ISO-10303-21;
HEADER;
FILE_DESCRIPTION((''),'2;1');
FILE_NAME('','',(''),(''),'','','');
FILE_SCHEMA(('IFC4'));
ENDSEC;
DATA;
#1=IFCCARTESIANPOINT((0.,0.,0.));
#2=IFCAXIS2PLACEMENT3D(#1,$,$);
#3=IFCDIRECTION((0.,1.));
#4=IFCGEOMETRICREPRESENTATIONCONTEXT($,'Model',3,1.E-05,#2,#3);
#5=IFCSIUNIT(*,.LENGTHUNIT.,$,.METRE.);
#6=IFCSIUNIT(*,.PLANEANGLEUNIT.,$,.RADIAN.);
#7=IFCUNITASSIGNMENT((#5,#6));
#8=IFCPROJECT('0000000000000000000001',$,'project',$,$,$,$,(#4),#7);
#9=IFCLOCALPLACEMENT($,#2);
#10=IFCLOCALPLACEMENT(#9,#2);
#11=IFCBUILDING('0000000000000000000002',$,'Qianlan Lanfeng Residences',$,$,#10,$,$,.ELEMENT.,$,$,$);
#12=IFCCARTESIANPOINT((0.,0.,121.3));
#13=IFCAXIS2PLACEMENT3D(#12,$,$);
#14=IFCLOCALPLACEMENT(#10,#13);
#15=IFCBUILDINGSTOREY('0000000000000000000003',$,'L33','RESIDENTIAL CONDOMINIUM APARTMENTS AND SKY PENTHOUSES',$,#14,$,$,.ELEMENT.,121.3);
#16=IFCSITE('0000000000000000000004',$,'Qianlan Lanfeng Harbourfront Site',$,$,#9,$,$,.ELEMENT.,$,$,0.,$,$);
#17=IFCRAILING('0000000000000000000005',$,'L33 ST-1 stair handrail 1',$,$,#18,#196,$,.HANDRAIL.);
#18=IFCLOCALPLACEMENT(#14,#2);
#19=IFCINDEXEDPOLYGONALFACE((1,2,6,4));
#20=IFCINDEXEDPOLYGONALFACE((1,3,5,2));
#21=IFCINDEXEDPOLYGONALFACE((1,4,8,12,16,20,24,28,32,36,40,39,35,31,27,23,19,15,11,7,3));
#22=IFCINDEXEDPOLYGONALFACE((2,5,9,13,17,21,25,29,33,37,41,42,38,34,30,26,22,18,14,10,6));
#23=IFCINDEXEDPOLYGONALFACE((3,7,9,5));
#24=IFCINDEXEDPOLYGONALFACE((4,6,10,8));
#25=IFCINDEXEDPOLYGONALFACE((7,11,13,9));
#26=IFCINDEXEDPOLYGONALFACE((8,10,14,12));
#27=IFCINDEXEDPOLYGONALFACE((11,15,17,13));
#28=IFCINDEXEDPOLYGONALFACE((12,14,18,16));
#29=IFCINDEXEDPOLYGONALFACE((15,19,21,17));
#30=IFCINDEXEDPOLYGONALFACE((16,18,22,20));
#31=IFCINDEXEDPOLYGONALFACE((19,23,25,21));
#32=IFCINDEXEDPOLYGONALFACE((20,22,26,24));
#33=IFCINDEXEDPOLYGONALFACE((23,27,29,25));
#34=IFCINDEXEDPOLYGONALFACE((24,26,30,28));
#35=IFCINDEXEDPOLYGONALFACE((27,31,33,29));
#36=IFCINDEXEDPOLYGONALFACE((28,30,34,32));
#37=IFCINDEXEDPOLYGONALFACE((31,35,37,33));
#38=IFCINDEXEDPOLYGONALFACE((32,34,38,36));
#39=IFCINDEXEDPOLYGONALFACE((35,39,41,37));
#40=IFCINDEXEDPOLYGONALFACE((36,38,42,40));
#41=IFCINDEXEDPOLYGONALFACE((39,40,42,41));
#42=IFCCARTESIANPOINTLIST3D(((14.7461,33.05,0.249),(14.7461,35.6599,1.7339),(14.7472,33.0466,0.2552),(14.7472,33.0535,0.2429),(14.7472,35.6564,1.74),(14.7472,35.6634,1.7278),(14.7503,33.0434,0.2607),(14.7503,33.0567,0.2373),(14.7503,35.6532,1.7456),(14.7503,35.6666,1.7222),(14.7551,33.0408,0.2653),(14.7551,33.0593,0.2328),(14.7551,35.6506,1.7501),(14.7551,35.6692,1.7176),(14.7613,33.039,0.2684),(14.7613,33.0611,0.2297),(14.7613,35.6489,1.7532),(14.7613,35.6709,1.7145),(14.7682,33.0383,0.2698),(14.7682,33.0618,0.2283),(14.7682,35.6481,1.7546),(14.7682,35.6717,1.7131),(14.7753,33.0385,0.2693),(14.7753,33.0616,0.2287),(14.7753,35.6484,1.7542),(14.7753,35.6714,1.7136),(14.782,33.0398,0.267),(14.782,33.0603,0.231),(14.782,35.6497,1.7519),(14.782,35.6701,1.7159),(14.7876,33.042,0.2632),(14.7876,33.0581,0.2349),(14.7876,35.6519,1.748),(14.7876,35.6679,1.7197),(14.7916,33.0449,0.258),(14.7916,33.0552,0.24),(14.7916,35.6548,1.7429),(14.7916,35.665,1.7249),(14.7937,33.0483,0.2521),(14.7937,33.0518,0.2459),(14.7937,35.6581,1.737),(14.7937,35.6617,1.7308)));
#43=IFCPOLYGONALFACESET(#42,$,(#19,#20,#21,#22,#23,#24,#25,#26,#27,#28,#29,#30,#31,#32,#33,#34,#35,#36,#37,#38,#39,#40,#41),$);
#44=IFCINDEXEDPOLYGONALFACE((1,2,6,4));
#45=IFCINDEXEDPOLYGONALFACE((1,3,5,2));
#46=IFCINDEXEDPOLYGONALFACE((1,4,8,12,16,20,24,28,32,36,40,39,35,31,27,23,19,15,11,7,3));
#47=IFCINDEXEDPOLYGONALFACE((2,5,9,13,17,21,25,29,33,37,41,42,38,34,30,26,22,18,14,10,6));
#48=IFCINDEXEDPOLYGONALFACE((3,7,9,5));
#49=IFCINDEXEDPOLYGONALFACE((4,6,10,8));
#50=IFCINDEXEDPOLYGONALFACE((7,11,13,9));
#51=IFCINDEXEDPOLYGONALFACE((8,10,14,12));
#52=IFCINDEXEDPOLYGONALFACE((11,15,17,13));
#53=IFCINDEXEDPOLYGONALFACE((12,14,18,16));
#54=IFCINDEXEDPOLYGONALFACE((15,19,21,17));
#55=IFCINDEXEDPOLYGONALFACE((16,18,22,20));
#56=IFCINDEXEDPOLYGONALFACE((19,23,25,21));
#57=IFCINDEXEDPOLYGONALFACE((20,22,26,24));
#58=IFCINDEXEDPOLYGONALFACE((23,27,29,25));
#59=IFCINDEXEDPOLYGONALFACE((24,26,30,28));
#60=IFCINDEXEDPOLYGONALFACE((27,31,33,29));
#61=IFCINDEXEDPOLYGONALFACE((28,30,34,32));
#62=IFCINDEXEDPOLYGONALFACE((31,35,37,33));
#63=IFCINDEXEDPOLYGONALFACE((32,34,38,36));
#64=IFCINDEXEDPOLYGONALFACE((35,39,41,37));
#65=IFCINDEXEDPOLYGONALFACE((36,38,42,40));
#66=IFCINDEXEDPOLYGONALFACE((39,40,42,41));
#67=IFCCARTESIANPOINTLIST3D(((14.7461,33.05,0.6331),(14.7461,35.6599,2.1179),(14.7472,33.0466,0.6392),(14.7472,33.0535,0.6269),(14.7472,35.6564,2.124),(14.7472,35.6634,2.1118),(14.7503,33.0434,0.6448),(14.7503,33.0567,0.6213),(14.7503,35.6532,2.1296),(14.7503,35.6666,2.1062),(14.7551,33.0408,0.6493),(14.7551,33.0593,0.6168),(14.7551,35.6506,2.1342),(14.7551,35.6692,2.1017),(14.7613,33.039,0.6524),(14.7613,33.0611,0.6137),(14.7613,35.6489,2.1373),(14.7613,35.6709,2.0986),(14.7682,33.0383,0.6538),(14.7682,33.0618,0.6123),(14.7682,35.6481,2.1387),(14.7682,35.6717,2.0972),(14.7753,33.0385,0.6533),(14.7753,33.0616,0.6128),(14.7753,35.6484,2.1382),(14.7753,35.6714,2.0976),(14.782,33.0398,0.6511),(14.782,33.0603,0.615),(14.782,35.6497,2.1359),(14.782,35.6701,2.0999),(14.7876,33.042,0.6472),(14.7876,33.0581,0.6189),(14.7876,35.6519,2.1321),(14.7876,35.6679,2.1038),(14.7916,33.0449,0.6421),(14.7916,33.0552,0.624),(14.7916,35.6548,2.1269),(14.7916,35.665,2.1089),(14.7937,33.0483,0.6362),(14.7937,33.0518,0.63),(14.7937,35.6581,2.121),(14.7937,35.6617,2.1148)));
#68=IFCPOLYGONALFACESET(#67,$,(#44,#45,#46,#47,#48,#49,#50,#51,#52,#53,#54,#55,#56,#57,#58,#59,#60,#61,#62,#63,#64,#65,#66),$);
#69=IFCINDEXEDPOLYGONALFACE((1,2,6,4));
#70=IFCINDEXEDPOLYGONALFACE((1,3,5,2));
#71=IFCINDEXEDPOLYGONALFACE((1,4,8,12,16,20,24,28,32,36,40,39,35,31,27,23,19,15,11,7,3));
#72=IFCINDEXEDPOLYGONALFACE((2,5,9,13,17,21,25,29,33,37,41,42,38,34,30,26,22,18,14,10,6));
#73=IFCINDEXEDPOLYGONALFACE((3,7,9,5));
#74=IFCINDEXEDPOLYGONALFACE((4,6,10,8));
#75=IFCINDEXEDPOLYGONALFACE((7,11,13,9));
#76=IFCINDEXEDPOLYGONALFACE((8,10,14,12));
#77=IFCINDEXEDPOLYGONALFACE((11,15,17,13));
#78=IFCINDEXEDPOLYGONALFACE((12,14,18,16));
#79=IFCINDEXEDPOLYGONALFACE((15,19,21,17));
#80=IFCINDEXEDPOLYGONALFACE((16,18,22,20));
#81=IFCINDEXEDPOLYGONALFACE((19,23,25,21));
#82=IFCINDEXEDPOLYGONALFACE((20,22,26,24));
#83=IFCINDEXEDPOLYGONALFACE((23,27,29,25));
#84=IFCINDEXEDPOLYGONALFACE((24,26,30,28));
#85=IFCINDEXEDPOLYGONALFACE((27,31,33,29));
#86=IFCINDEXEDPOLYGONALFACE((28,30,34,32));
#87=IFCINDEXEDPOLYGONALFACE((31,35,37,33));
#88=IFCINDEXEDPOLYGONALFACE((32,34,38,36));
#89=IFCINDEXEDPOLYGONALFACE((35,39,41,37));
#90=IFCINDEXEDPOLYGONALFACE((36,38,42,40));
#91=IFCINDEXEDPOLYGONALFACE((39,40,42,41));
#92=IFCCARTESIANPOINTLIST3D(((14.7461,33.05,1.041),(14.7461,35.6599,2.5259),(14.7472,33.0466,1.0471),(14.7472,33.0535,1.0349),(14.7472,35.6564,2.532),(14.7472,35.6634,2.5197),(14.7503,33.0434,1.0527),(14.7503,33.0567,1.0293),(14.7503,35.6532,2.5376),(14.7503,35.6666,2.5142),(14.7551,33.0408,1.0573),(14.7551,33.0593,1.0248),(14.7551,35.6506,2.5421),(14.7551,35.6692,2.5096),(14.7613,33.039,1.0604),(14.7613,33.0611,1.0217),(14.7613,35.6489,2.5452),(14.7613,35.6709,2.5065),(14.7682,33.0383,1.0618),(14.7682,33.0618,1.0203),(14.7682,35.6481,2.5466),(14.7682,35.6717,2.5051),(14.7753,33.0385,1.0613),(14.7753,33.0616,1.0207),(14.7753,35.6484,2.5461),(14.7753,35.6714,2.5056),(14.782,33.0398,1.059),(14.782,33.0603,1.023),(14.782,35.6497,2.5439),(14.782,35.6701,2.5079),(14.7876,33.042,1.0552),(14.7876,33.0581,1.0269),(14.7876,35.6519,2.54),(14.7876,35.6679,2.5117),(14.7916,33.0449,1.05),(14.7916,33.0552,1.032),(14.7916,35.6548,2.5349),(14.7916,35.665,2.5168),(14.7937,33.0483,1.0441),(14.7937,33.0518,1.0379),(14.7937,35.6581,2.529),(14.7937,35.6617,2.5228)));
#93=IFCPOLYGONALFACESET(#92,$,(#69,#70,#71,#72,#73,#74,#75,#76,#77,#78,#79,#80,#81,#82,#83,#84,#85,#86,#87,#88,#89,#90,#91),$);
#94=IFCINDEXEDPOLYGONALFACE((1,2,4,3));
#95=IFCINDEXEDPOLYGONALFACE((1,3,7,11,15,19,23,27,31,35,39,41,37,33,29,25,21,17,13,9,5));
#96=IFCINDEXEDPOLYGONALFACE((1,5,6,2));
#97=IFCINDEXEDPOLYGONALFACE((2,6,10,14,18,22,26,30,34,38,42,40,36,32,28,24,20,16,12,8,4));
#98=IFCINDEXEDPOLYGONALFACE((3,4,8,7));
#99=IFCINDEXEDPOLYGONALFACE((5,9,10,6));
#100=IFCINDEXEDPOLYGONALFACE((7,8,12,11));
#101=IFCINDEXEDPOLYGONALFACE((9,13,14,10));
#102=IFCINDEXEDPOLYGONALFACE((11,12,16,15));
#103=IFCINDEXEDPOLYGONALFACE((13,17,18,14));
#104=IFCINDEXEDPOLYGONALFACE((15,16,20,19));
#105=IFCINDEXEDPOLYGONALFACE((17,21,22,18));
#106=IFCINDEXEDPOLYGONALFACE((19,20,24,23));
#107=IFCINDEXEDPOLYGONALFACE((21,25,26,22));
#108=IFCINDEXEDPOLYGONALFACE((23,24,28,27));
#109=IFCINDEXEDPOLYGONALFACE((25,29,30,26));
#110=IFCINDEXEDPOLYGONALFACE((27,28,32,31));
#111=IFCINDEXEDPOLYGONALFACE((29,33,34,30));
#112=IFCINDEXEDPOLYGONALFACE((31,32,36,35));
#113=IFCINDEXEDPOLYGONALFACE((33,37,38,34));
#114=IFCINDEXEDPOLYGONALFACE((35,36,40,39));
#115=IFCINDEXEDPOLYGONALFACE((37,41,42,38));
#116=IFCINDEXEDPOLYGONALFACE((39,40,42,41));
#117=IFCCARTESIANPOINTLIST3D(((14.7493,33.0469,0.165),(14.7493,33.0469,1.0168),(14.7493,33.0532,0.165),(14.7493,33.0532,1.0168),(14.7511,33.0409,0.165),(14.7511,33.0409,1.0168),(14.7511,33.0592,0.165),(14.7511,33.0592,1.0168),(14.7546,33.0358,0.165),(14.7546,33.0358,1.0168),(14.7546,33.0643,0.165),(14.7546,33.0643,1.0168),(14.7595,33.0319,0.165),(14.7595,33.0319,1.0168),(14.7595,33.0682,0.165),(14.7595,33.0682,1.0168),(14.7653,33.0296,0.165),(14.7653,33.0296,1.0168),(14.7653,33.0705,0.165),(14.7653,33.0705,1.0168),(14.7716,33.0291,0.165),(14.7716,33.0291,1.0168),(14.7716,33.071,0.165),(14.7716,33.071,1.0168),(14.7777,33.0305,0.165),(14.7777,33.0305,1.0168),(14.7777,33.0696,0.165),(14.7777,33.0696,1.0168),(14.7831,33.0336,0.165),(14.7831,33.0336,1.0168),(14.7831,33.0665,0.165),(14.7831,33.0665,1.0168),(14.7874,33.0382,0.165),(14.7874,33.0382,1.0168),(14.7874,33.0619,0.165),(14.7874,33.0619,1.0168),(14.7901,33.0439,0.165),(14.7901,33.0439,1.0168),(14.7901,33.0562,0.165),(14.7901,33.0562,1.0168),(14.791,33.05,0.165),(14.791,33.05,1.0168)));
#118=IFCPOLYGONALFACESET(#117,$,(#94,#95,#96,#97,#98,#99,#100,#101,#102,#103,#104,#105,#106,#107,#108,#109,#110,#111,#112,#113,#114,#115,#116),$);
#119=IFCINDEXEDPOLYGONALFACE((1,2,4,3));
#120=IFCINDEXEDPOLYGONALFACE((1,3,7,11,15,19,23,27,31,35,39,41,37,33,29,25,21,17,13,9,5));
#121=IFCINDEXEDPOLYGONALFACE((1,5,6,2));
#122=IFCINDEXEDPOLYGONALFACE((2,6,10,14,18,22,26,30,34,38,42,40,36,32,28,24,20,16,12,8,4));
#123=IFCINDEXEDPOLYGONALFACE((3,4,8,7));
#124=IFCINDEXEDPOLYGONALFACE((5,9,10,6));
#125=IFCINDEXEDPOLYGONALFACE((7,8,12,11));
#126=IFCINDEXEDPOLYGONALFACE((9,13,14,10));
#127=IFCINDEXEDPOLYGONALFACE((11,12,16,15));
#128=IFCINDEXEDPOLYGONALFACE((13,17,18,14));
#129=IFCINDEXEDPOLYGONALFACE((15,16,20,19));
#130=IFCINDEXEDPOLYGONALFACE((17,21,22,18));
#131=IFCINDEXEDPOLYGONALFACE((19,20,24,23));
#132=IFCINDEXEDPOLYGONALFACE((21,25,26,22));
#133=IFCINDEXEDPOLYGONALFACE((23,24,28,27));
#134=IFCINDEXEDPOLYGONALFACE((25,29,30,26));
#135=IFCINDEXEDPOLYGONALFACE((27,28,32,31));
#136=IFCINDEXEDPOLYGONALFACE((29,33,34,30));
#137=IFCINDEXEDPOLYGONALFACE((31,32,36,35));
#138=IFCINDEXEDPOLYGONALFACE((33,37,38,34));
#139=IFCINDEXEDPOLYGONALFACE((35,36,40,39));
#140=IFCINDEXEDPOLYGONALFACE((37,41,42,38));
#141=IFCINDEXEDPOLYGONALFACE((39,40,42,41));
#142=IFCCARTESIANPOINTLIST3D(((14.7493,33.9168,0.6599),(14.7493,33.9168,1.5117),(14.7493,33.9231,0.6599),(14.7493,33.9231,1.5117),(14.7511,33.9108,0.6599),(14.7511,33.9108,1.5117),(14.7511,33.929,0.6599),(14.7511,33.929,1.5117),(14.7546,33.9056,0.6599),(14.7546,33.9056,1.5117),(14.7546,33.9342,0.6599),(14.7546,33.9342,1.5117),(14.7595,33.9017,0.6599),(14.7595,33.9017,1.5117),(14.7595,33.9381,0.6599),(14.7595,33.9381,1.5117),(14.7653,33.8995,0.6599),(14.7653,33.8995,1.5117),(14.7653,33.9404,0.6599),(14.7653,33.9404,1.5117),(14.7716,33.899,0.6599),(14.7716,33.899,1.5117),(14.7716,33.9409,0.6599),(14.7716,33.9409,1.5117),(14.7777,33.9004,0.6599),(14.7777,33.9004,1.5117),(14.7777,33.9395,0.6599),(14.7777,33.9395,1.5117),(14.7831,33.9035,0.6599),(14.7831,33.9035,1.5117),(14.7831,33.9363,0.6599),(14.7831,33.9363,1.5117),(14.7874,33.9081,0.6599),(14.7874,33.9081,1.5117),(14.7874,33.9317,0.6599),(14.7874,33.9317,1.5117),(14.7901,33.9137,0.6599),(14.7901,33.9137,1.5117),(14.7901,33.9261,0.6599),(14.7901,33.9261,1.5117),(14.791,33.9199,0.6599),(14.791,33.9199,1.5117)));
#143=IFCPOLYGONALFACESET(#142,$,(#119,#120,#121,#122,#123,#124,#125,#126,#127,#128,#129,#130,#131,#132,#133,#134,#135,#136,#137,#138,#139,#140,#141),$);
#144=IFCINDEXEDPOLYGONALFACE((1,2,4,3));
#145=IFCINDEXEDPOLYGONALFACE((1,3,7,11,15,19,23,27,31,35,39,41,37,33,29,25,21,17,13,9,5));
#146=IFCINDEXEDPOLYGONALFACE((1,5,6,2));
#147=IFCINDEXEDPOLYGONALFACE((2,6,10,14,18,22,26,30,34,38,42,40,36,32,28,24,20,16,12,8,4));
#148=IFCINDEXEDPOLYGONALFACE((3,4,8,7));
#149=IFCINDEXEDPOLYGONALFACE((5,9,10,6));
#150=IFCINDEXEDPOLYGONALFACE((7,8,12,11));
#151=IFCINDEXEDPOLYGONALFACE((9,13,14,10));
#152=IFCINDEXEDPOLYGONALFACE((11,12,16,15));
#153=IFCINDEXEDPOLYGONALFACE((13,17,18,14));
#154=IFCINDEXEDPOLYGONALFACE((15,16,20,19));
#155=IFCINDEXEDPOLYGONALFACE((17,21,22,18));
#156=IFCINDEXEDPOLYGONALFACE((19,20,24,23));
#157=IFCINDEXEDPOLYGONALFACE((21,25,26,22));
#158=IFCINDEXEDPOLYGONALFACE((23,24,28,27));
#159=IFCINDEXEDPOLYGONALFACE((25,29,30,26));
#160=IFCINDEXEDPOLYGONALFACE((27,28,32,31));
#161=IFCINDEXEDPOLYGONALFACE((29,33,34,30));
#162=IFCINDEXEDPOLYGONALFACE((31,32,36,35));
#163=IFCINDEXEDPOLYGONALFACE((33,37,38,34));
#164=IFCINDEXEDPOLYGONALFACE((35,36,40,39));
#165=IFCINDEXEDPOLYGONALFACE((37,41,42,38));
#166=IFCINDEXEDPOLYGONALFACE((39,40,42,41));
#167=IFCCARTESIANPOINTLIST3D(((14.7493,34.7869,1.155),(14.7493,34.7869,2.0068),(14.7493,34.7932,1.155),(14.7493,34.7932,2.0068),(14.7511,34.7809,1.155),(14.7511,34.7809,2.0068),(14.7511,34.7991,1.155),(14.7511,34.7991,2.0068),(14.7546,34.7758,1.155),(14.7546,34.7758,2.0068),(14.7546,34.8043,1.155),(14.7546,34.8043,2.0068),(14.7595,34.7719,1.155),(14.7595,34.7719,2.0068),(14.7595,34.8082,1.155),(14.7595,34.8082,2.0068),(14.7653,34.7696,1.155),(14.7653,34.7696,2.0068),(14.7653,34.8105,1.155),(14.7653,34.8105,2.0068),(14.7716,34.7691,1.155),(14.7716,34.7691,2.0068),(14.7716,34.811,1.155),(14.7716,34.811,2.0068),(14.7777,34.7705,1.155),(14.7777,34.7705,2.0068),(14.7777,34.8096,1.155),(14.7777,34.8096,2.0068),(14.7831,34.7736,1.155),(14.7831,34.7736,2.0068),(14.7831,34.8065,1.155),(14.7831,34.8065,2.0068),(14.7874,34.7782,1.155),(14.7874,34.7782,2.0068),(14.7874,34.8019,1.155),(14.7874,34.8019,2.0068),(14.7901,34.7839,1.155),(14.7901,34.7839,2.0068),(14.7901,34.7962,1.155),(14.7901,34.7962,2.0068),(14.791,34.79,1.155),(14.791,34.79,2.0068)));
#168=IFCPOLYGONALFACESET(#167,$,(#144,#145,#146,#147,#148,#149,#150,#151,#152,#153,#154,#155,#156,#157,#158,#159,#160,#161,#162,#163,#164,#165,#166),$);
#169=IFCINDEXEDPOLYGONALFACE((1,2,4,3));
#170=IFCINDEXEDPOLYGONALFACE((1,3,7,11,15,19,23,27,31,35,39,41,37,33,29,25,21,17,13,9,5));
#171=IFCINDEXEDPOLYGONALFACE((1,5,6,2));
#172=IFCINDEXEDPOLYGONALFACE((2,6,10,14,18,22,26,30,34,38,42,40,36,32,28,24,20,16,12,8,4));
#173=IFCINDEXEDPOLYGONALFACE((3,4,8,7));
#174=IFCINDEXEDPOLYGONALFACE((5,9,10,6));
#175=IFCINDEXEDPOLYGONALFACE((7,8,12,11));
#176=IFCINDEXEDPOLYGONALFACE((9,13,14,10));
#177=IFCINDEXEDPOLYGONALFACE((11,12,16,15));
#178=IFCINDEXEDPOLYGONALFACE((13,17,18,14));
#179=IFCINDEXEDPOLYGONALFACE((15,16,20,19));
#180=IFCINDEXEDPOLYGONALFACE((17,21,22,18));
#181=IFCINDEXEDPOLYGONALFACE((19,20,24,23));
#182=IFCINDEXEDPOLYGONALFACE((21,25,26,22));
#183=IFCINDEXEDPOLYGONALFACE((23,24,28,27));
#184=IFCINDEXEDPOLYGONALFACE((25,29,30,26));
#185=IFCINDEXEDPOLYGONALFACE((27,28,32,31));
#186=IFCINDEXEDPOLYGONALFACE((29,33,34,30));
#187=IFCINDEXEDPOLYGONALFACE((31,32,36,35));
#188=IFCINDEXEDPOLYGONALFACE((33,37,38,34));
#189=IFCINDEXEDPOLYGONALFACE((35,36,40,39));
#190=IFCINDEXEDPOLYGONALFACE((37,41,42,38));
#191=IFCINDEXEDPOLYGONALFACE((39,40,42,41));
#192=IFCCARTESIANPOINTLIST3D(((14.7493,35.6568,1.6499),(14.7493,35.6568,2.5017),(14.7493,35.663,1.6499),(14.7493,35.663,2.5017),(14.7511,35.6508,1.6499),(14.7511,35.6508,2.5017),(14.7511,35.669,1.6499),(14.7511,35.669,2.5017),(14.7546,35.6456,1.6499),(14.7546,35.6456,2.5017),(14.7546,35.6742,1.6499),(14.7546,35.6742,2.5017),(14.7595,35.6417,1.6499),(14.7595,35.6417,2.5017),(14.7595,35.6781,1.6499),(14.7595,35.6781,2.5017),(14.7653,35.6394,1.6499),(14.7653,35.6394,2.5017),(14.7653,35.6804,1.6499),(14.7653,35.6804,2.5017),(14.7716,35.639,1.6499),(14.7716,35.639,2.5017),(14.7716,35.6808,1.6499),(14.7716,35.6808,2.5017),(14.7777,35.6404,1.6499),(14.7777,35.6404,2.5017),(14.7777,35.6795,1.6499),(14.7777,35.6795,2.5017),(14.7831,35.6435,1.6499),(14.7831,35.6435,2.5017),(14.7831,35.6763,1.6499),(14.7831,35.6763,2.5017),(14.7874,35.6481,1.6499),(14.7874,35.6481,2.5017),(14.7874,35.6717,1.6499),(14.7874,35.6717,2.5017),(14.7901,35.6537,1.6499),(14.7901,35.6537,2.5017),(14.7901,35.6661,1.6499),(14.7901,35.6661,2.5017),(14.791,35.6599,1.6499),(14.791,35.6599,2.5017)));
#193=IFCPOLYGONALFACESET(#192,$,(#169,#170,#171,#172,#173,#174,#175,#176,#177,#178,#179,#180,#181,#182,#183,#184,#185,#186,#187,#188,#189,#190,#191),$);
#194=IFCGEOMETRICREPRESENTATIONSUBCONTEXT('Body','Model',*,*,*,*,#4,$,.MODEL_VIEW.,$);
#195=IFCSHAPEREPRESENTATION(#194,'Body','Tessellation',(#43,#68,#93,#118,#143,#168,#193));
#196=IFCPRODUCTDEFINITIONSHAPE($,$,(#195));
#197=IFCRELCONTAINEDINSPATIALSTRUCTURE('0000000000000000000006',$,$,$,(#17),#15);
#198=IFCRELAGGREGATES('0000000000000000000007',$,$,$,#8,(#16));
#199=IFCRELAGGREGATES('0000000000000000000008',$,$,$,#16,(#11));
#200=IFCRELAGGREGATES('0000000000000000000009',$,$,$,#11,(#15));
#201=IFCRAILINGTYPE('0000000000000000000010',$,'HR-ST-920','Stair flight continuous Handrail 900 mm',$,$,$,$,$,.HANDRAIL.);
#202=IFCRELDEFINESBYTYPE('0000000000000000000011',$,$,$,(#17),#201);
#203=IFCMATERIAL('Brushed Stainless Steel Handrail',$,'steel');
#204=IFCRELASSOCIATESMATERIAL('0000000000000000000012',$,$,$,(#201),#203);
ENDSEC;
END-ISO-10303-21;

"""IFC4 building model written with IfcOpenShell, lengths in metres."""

from ifc_helpers import new_model, si_unit, direction, frame, origin, origin_2d, place, context, subcontext, project, spatial, circle, extrude, material, type_object, element, save


model = new_model("IFC4")

# Units and contexts
model_context = context("Model", 3, precision=1e-05, world=origin(), true_north=direction((0.0, 1.0)))
body_context = subcontext(model_context, "Body", "Model", "MODEL_VIEW")
ifc_project = project(units=[si_unit("LENGTHUNIT", "METRE"), si_unit("PLANEANGLEUNIT", "RADIAN")], contexts=[model_context])

# Site, building, storey
site_placement = place(None, origin())
site = spatial("IfcSite", under=ifc_project, at=site_placement, Name="Qianlan Lanfeng Harbourfront Site", CompositionType="ELEMENT", RefElevation=0.0)
building_placement = place(site_placement, origin())
building = spatial("IfcBuilding", under=site, at=building_placement, Name="Qianlan Lanfeng Residences", CompositionType="ELEMENT")
storey_placement = place(building_placement, frame((0.0, 0.0, 121.3)))
storey = spatial("IfcBuildingStorey", under=building, at=storey_placement, Name="L33", Description="RESIDENTIAL CONDOMINIUM APARTMENTS AND SKY PENTHOUSES", CompositionType="ELEMENT", Elevation=121.3)

# Railing
ifc_material_1 = material(Name="Brushed Stainless Steel Handrail", Category="steel")
railing_type_1 = type_object("IfcRailingType", Name="HR-ST-920", Description="Stair flight continuous Handrail 900 mm", PredefinedType="HANDRAIL", material=ifc_material_1)
railing_1_placement = place(storey_placement, frame((14.77, 33.05, 0.165)))
element("IfcRailing", 1, at=railing_1_placement, inside=storey, type_object=railing_type_1, Name="L33 ST-1 stair handrail 1", PredefinedType="HANDRAIL", context=body_context, shape_type="SweptSolid", body=[
    extrude(circle(Radius=0.0239, at=origin_2d()), frame((0.0, 0.0, 0.084), z_axis=(0.0, 0.869172, 0.494509), x_axis=(-1.0, 0.0, 0.0)), (0.0, 0.0, 1.0), 3.0027),
    extrude(circle(Radius=0.0239, at=origin_2d()), frame((0.0, 0.0, 0.468), z_axis=(0.0, 0.869172, 0.494509), x_axis=(-1.0, 0.0, 0.0)), (0.0, 0.0, 1.0), 3.0027),
    extrude(circle(Radius=0.0239, at=origin_2d()), frame((0.0, 0.0, 0.876), z_axis=(0.0, 0.869172, 0.494509), x_axis=(-1.0, 0.0, 0.0)), (0.0, 0.0, 1.0), 3.0027),
    extrude(circle(Radius=0.021, at=origin_2d()), origin(), (0.0, 0.0, 1.0), 0.8518),
    extrude(circle(Radius=0.021, at=origin_2d()), frame((0.0, 0.8699, 0.4949)), (0.0, 0.0, 1.0), 0.8518),
    extrude(circle(Radius=0.021, at=origin_2d()), frame((0.0, 1.74, 0.99)), (0.0, 0.0, 1.0), 0.8518),
    extrude(circle(Radius=0.021, at=origin_2d()), frame((0.0, 2.6099, 1.4849)), (0.0, 0.0, 1.0), 0.8518),
])

save(model, "model.ifc")
